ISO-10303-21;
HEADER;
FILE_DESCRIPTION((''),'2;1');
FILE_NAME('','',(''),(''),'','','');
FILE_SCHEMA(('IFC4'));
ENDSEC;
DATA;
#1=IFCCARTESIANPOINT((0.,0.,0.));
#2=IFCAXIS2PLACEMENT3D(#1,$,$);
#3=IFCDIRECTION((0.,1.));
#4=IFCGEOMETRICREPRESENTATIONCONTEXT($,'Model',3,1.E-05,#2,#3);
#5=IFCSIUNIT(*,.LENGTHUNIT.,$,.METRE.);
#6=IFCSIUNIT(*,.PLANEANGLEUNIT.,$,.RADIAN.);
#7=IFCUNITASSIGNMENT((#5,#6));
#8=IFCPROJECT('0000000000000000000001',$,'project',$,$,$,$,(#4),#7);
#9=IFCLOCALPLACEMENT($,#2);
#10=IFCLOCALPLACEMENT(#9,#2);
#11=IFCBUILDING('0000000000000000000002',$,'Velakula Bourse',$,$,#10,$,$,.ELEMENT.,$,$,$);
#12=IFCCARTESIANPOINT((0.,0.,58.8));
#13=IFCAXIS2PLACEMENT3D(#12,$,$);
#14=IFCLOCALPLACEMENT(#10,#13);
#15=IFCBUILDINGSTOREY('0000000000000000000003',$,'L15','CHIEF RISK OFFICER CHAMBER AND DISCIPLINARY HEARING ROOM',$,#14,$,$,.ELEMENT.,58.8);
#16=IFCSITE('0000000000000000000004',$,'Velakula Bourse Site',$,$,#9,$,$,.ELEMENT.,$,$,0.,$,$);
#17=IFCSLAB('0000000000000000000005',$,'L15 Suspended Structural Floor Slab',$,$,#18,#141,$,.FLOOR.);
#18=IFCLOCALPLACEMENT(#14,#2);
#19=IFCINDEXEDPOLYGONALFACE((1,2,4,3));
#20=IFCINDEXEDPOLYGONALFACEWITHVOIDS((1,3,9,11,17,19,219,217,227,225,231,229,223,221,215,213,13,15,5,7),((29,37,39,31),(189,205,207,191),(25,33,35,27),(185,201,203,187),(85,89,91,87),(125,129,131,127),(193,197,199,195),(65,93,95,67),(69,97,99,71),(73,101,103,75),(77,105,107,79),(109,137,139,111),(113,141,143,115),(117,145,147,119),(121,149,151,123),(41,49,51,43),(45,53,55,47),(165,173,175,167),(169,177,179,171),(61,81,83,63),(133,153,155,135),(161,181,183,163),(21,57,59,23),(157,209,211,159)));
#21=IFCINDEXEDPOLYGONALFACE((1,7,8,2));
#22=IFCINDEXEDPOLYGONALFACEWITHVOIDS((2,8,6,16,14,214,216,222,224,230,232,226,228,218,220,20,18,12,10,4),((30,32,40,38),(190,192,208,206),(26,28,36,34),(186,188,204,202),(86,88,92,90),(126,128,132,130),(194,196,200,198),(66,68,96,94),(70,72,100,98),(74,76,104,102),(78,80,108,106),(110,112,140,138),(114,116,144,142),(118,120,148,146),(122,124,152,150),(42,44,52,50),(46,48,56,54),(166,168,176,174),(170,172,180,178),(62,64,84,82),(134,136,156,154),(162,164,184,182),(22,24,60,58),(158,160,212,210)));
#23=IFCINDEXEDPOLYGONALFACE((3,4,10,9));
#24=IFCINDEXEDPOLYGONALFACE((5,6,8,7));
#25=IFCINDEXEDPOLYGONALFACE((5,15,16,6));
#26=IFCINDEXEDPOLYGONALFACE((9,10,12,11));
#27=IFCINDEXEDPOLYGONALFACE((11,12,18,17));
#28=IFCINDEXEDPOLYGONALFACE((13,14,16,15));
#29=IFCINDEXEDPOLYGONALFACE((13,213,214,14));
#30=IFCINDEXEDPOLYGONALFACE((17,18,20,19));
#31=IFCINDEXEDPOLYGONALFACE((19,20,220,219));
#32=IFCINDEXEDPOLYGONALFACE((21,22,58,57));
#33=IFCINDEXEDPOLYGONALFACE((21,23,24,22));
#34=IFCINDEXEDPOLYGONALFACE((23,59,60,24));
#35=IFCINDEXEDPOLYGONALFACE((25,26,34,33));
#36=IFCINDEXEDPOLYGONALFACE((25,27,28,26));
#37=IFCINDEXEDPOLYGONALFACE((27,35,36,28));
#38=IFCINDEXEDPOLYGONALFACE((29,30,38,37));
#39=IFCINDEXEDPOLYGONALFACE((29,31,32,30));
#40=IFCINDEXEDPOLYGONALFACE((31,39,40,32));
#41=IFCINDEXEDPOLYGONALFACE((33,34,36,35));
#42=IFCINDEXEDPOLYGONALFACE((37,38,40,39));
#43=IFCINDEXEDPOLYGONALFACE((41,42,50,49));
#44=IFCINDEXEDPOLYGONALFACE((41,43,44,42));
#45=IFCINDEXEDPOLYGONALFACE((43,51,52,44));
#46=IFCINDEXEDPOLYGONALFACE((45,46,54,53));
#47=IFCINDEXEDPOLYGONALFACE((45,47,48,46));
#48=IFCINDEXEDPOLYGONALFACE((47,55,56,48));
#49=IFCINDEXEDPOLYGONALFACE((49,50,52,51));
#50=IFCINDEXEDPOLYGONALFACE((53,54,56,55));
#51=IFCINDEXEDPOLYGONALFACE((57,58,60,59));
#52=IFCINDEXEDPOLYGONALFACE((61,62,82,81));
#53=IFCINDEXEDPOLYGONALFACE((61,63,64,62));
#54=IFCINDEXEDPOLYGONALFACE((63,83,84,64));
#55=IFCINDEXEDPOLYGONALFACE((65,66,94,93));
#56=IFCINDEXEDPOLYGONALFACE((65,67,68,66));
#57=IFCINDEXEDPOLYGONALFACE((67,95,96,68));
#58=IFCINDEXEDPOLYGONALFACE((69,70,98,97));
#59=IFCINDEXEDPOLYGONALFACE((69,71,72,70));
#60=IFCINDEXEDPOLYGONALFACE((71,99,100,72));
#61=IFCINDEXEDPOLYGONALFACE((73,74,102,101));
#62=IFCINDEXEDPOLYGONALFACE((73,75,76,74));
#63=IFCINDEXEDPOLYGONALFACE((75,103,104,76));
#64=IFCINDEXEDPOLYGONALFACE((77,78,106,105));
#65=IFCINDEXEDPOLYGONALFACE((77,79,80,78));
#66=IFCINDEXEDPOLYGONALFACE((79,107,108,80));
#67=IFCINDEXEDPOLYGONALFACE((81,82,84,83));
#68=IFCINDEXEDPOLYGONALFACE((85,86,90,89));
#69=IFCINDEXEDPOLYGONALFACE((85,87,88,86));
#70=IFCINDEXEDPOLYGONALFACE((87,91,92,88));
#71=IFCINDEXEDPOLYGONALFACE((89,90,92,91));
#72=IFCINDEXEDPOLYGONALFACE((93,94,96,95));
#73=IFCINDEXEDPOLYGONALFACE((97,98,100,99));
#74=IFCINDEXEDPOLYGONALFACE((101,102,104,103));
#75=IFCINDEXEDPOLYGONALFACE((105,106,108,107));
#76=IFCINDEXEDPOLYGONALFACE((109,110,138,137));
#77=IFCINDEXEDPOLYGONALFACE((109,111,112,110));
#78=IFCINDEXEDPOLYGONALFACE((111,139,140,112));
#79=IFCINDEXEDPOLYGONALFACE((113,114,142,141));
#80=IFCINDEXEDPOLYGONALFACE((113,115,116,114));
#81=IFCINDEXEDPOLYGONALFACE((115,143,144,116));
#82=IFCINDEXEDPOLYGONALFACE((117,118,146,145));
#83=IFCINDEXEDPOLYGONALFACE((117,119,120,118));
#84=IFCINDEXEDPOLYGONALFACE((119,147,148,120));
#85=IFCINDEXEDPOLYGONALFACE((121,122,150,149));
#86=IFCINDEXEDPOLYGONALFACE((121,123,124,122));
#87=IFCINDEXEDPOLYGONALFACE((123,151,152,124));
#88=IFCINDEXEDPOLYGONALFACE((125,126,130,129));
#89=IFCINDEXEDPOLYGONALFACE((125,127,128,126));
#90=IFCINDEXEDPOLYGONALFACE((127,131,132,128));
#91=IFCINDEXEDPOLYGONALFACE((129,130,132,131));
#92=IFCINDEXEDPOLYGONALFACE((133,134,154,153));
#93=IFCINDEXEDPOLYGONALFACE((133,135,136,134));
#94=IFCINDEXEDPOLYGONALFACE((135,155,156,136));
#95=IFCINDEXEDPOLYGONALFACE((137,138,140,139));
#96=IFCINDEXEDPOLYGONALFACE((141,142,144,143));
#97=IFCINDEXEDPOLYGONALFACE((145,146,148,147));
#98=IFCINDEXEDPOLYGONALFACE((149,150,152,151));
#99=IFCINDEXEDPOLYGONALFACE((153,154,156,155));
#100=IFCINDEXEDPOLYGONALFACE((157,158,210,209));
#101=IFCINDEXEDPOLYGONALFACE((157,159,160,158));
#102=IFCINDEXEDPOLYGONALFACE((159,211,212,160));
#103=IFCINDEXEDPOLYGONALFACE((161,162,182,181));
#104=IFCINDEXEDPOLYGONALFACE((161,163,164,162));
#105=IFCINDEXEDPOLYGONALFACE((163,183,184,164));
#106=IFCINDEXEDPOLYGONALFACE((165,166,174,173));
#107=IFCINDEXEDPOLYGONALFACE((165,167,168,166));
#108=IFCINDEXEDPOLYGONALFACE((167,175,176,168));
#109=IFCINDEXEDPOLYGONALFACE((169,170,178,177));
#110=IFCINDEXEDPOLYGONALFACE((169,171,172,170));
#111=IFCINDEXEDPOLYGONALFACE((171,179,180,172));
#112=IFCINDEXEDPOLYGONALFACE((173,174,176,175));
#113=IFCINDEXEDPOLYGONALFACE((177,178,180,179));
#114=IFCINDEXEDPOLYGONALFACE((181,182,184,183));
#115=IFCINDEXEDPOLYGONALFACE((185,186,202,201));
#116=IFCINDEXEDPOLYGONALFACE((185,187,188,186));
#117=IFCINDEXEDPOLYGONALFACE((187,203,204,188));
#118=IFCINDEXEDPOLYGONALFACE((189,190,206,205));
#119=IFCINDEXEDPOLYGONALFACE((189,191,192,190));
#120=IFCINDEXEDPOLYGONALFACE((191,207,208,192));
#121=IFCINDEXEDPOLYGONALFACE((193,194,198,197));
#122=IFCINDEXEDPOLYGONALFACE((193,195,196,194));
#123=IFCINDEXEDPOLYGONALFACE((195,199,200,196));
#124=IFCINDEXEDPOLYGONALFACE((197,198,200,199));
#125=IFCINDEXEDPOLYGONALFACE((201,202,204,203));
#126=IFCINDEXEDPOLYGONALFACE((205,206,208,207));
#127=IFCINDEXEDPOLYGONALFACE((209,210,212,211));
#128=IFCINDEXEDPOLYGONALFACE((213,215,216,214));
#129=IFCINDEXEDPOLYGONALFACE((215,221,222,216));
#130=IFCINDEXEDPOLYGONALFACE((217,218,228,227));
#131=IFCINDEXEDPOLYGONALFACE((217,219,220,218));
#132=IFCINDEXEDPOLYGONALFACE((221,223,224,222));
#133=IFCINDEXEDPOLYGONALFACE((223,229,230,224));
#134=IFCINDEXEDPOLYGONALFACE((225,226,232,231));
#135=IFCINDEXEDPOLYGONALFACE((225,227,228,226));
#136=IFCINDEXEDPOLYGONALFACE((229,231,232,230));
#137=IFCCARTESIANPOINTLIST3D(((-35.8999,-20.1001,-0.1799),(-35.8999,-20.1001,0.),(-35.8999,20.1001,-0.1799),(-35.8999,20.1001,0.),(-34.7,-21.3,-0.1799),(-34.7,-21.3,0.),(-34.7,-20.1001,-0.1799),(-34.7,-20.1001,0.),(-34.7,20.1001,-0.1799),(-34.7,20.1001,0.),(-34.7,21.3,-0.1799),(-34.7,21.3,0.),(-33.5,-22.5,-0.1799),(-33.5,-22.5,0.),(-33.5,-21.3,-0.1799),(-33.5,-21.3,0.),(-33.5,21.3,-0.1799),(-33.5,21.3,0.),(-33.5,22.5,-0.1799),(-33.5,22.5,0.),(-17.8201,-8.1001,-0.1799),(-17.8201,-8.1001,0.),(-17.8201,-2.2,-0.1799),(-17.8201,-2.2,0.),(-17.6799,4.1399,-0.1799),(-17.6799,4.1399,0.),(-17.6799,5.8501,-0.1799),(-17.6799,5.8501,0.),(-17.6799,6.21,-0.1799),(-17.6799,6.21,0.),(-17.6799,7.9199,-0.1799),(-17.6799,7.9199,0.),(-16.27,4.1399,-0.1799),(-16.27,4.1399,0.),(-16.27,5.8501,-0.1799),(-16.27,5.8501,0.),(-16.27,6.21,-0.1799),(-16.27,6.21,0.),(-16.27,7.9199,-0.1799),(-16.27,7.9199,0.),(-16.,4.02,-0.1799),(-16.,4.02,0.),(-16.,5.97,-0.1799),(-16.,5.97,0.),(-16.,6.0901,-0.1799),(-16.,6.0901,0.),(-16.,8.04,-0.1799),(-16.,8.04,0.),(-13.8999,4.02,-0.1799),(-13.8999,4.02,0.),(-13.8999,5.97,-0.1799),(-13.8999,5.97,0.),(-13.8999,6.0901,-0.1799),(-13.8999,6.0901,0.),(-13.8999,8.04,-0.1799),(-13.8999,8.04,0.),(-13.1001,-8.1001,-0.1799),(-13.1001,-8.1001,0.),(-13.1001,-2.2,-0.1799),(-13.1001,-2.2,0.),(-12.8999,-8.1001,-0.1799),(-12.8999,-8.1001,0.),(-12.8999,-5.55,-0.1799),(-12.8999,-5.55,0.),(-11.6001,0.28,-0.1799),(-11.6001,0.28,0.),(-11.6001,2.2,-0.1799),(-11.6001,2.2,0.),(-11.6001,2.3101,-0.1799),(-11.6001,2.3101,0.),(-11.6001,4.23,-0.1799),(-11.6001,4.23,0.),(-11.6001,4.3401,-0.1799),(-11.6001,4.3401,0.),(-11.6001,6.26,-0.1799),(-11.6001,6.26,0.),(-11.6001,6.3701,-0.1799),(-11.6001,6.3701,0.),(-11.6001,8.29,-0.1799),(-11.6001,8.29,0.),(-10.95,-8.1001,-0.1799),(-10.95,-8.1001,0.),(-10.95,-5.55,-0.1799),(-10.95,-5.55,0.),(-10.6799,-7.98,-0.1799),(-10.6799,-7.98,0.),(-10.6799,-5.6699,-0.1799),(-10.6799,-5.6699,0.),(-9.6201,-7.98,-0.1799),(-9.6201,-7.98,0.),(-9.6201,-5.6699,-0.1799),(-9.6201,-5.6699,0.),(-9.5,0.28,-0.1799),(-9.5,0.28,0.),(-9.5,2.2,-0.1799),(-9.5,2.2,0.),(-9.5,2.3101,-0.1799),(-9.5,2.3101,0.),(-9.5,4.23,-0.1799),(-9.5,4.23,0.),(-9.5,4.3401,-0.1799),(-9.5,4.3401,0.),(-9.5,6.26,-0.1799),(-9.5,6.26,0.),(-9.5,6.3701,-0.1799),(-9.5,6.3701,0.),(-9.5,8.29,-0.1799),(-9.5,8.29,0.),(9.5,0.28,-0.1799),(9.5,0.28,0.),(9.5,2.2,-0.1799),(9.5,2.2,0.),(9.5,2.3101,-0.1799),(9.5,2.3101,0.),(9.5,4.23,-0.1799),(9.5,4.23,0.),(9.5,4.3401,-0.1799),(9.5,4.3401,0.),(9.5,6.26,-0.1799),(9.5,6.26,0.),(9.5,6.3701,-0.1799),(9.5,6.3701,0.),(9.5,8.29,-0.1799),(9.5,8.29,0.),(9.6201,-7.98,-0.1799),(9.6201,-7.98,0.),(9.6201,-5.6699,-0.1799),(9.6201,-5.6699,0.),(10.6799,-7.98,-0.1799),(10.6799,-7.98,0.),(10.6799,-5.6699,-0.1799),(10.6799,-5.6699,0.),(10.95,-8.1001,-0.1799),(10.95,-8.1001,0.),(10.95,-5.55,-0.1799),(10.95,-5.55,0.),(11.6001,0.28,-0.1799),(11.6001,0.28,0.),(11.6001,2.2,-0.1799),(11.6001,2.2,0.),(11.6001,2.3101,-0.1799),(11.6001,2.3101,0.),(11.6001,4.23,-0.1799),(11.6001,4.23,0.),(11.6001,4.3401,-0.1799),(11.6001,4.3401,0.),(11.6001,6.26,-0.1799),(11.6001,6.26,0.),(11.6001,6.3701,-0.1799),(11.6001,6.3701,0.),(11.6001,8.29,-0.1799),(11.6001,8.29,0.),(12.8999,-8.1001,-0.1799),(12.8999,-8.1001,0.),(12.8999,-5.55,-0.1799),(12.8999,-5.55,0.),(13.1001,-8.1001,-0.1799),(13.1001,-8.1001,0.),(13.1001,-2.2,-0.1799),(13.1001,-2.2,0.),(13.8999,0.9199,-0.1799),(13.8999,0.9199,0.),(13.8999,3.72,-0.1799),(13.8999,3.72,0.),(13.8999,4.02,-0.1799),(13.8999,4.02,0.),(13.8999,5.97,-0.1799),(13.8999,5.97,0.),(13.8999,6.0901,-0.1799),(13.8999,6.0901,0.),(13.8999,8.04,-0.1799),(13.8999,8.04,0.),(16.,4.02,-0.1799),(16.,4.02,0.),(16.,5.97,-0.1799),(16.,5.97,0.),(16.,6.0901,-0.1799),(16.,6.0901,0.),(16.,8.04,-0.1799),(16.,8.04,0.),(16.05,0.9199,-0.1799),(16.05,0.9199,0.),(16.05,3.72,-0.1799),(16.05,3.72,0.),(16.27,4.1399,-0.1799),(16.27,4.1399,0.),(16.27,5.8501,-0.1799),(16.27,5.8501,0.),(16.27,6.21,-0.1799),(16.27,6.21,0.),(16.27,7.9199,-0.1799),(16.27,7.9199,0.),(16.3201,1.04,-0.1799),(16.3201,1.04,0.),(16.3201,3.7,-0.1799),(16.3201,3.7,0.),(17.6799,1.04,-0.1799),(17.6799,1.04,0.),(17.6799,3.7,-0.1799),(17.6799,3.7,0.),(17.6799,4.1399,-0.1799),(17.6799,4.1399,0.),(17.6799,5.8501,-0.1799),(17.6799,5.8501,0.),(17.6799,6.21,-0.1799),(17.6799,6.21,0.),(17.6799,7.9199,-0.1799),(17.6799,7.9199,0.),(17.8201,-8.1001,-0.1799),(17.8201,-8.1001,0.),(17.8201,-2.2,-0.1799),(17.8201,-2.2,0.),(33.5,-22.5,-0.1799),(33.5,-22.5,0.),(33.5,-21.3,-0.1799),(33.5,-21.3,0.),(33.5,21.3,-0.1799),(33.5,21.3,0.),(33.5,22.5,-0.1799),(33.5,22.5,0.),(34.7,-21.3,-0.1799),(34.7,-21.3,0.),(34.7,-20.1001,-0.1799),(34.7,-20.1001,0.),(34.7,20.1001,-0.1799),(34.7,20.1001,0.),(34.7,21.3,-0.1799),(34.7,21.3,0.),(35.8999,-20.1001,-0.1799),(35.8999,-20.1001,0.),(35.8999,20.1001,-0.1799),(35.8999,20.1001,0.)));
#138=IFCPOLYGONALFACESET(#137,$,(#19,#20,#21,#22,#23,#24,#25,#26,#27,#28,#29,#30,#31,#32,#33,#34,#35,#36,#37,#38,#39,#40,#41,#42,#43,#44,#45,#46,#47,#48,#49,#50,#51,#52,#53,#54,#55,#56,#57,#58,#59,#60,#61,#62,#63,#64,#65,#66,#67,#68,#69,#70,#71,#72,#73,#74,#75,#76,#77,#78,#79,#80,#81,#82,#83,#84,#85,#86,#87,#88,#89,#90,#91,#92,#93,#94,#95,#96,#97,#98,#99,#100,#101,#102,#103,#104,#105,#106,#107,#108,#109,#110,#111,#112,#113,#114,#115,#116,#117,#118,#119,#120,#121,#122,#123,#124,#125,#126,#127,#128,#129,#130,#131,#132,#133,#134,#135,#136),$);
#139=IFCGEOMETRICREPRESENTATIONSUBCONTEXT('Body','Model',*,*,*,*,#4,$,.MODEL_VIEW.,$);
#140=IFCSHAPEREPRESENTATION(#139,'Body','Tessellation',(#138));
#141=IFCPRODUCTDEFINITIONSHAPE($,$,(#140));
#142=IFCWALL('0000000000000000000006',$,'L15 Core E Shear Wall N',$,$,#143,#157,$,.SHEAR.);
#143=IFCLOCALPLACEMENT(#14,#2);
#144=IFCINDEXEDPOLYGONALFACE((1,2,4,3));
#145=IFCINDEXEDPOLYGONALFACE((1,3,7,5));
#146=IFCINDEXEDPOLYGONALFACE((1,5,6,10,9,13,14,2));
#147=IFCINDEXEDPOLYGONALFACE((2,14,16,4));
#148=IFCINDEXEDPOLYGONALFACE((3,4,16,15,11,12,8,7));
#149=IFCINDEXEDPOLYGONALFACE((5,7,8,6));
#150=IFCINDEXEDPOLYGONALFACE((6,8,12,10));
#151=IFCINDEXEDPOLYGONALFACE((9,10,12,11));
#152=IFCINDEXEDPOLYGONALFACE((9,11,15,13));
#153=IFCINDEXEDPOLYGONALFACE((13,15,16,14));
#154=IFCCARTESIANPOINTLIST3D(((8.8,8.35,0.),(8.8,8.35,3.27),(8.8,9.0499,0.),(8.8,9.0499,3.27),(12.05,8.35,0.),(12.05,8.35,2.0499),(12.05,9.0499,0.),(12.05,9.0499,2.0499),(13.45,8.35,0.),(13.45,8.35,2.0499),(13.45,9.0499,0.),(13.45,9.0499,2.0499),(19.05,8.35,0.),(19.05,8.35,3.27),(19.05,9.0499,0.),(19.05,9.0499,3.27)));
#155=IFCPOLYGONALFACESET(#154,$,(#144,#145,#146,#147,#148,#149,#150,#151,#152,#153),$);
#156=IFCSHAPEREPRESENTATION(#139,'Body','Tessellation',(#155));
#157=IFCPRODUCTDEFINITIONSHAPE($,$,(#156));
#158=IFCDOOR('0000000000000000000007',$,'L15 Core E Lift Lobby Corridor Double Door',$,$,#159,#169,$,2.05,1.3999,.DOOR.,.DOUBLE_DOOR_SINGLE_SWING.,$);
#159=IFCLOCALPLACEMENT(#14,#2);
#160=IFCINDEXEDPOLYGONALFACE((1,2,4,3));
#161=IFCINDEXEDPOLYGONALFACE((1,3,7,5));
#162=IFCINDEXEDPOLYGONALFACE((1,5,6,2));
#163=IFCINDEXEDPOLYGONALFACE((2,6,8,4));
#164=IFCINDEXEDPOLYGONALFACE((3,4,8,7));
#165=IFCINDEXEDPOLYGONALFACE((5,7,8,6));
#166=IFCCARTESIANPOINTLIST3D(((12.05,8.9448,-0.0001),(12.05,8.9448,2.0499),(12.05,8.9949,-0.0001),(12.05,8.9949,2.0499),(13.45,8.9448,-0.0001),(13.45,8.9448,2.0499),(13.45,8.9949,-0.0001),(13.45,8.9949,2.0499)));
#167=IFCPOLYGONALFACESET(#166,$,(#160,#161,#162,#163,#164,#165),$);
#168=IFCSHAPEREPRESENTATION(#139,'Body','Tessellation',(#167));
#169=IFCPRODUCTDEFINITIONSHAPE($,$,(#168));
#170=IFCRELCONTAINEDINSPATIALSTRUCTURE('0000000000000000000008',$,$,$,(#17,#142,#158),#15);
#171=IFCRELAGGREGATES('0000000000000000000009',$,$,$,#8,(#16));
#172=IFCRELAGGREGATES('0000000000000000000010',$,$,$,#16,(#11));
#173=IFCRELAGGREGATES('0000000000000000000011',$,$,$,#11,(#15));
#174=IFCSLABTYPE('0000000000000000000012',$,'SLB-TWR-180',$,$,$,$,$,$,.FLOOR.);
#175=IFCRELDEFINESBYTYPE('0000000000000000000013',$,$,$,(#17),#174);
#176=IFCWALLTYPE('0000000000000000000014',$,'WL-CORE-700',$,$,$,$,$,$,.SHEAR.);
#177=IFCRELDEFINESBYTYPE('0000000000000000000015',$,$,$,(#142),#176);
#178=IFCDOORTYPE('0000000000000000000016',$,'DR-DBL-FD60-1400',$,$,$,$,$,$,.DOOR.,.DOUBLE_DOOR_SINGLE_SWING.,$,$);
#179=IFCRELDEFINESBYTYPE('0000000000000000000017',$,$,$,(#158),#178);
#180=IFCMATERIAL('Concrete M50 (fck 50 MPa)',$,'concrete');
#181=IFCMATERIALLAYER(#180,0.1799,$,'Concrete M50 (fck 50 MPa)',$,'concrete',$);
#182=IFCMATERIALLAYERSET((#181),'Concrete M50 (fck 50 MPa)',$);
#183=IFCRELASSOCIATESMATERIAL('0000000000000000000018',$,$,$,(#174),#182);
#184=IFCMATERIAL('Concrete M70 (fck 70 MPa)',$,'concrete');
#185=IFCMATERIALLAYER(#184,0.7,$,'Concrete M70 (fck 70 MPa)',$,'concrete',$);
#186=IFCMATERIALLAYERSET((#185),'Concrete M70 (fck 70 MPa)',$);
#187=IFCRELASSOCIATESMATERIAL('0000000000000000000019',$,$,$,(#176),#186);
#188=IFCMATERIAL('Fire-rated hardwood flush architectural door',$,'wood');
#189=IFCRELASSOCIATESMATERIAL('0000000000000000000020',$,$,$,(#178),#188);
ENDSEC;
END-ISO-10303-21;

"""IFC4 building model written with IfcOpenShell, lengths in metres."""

from ifc_helpers import new_model, si_unit, direction, frame, frame_2d, origin, place, context, subcontext, project, spatial, polyline, rectangle, outline, extrude, material, layer, layer_set, type_object, element, fill, save


model = new_model("IFC4")

# Units and contexts
model_context = context("Model", 3, precision=1e-05, world=origin(), true_north=direction((0.0, 1.0)))
body_context = subcontext(model_context, "Body", "Model", "MODEL_VIEW")
ifc_project = project(units=[si_unit("LENGTHUNIT", "METRE"), si_unit("PLANEANGLEUNIT", "RADIAN")], contexts=[model_context])

# Site, building, storey
site_placement = place(None, origin())
site = spatial("IfcSite", under=ifc_project, at=site_placement, Name="Velakula Bourse Site", CompositionType="ELEMENT", RefElevation=0.0)
building_placement = place(site_placement, origin())
building = spatial("IfcBuilding", under=site, at=building_placement, Name="Velakula Bourse", CompositionType="ELEMENT")
storey_placement = place(building_placement, frame((0.0, 0.0, 58.8)))
storey = spatial("IfcBuildingStorey", under=building, at=storey_placement, Name="L15", Description="CHIEF RISK OFFICER CHAMBER AND DISCIPLINARY HEARING ROOM", CompositionType="ELEMENT", Elevation=58.8)

# Shared definitions
ifc_material_1 = material(Name="Concrete M70 (fck 70 MPa)", Category="concrete")

# Slab
ifc_material_2 = material(Name="Concrete M50 (fck 50 MPa)", Category="concrete")
ifc_layer_1 = layer(ifc_material_2, 0.1799, Name="Concrete M50 (fck 50 MPa)", Category="concrete")
ifc_layer_set_1 = layer_set([ifc_layer_1], Name="Concrete M50 (fck 50 MPa)")
slab_type_1 = type_object("IfcSlabType", Name="SLB-TWR-180", PredefinedType="FLOOR", material=ifc_layer_set_1)
slab_1_placement = place(storey_placement, frame((0.0, 0.0, -0.1799)))
element("IfcSlab", 1, at=slab_1_placement, inside=storey, type_object=slab_type_1, Name="L15 Suspended Structural Floor Slab", PredefinedType="FLOOR", context=body_context, shape_type="SweptSolid", body=[
    extrude(outline(polyline([(-33.5, -22.5), (33.5, -22.5), (33.5, -21.3), (34.7, -21.3), (34.7, -20.1001), (35.8999, -20.1001), (35.8999, 20.1001), (34.7, 20.1001), (34.7, 21.3), (33.5, 21.3), (33.5, 22.5), (-33.5, 22.5), (-33.5, 21.3), (-34.7, 21.3), (-34.7, 20.1001), (-35.8999, 20.1001), (-35.8999, -20.1001), (-34.7, -20.1001), (-34.7, -21.3), (-33.5, -21.3), (-33.5, -22.5)]), holes=[polyline([(-17.8201, -8.1001), (-13.1001, -8.1001), (-13.1001, -2.2), (-17.8201, -2.2), (-17.8201, -8.1001)]), polyline([(13.1001, -8.1001), (17.8201, -8.1001), (17.8201, -2.2), (13.1001, -2.2), (13.1001, -8.1001)]), polyline([(-12.8999, -8.1001), (-10.95, -8.1001), (-10.95, -5.55), (-12.8999, -5.55), (-12.8999, -8.1001)]), polyline([(10.95, -8.1001), (12.8999, -8.1001), (12.8999, -5.55), (10.95, -5.55), (10.95, -8.1001)]), polyline([(13.8999, 0.9199), (16.05, 0.9199), (16.05, 3.72), (13.8999, 3.72), (13.8999, 0.9199)]), polyline([(-10.6799, -7.98), (-9.6201, -7.98), (-9.6201, -5.6699), (-10.6799, -5.6699), (-10.6799, -7.98)]), polyline([(-17.6799, 4.1399), (-16.27, 4.1399), (-16.27, 5.8501), (-17.6799, 5.8501), (-17.6799, 4.1399)]), polyline([(-17.6799, 6.21), (-16.27, 6.21), (-16.27, 7.9199), (-17.6799, 7.9199), (-17.6799, 6.21)]), polyline([(9.6201, -7.98), (10.6799, -7.98), (10.6799, -5.6699), (9.6201, -5.6699), (9.6201, -7.98)]), polyline([(16.27, 4.1399), (17.6799, 4.1399), (17.6799, 5.8501), (16.27, 5.8501), (16.27, 4.1399)]), polyline([(16.27, 6.21), (17.6799, 6.21), (17.6799, 7.9199), (16.27, 7.9199), (16.27, 6.21)]), polyline([(16.3201, 1.04), (17.6799, 1.04), (17.6799, 3.7), (16.3201, 3.7), (16.3201, 1.04)]), polyline([(-11.6001, 0.28), (-9.5, 0.28), (-9.5, 2.2), (-11.6001, 2.2), (-11.6001, 0.28)]), polyline([(-11.6001, 2.3101), (-9.5, 2.3101), (-9.5, 4.23), (-11.6001, 4.23), (-11.6001, 2.3101)]), polyline([(-11.6001, 4.3401), (-9.5, 4.3401), (-9.5, 6.26), (-11.6001, 6.26), (-11.6001, 4.3401)]), polyline([(-11.6001, 6.3701), (-9.5, 6.3701), (-9.5, 8.29), (-11.6001, 8.29), (-11.6001, 6.3701)]), polyline([(9.5, 0.28), (11.6001, 0.28), (11.6001, 2.2), (9.5, 2.2), (9.5, 0.28)]), polyline([(9.5, 2.3101), (11.6001, 2.3101), (11.6001, 4.23), (9.5, 4.23), (9.5, 2.3101)]), polyline([(9.5, 4.3401), (11.6001, 4.3401), (11.6001, 6.26), (9.5, 6.26), (9.5, 4.3401)]), polyline([(9.5, 6.3701), (11.6001, 6.3701), (11.6001, 8.29), (9.5, 8.29), (9.5, 6.3701)]), polyline([(-16.0, 4.02), (-13.8999, 4.02), (-13.8999, 5.97), (-16.0, 5.97), (-16.0, 4.02)]), polyline([(-16.0, 6.0901), (-13.8999, 6.0901), (-13.8999, 8.04), (-16.0, 8.04), (-16.0, 6.0901)]), polyline([(13.8999, 4.02), (16.0, 4.02), (16.0, 5.97), (13.8999, 5.97), (13.8999, 4.02)]), polyline([(13.8999, 6.0901), (16.0, 6.0901), (16.0, 8.04), (13.8999, 8.04), (13.8999, 6.0901)])]), origin(), (0.0, 0.0, 1.0), 0.1799),
])

# Wall, opening, door
ifc_layer_2 = layer(ifc_material_1, 0.7, Name="Concrete M70 (fck 70 MPa)", Category="concrete")
ifc_layer_set_2 = layer_set([ifc_layer_2], Name="Concrete M70 (fck 70 MPa)")
wall_type_1 = type_object("IfcWallType", Name="WL-CORE-700", PredefinedType="SHEAR", material=ifc_layer_set_2)
wall_1_placement = place(storey_placement, frame((8.8, 8.7, 0.0), z_axis=(0.0, 0.0, 1.0), x_axis=(1.0, 0.0, 0.0)))
wall_1 = element("IfcWall", 2, at=wall_1_placement, inside=storey, type_object=wall_type_1, Name="L15 Core E Shear Wall N", PredefinedType="SHEAR", context=body_context, shape_type="SweptSolid", body=[
    extrude(rectangle(XDim=10.25, YDim=0.7, at=frame_2d((5.125, 0.0))), origin(), (0.0, 0.0, 1.0), 3.27),
])
opening_1_placement = place(wall_1_placement, frame((3.25, 0.0, 0.0)))
opening_1 = element("IfcOpeningElement", 3, at=opening_1_placement, cuts=wall_1, PredefinedType="OPENING", context=body_context, shape_type="SweptSolid", body=[
    extrude(rectangle(XDim=1.3999, YDim=2.05, at=frame_2d((0.7, 1.0249))), frame((0.0, 0.3599, 0.0), z_axis=(0.0, -1.0, 0.0), x_axis=(1.0, 0.0, 0.0)), (0.0, 0.0, 1.0), 0.72),
])
ifc_material_3 = material(Name="Fire-rated hardwood flush architectural door", Category="wood")
door_type = type_object("IfcDoorType", Name="DR-DBL-FD60-1400", OperationType="DOUBLE_DOOR_SINGLE_SWING", PredefinedType="DOOR", material=ifc_material_3)
door_placement = place(opening_1_placement, origin())
door = element("IfcDoor", 4, at=door_placement, inside=storey, type_object=door_type, Name="L15 Core E Lift Lobby Corridor Double Door", OperationType="DOUBLE_DOOR_SINGLE_SWING", OverallHeight=2.05, OverallWidth=1.3999, PredefinedType="DOOR", context=body_context, shape_type="SweptSolid", body=[
    extrude(rectangle(XDim=1.3999, YDim=2.05, at=frame_2d((0.7, 1.0249))), frame((0.0, 0.2949, 0.0), z_axis=(0.0, -1.0, 0.0), x_axis=(1.0, 0.0, 0.0)), (0.0, 0.0, 1.0), 0.05),
])
fill(opening_1, door)

save(model, "model.ifc")
